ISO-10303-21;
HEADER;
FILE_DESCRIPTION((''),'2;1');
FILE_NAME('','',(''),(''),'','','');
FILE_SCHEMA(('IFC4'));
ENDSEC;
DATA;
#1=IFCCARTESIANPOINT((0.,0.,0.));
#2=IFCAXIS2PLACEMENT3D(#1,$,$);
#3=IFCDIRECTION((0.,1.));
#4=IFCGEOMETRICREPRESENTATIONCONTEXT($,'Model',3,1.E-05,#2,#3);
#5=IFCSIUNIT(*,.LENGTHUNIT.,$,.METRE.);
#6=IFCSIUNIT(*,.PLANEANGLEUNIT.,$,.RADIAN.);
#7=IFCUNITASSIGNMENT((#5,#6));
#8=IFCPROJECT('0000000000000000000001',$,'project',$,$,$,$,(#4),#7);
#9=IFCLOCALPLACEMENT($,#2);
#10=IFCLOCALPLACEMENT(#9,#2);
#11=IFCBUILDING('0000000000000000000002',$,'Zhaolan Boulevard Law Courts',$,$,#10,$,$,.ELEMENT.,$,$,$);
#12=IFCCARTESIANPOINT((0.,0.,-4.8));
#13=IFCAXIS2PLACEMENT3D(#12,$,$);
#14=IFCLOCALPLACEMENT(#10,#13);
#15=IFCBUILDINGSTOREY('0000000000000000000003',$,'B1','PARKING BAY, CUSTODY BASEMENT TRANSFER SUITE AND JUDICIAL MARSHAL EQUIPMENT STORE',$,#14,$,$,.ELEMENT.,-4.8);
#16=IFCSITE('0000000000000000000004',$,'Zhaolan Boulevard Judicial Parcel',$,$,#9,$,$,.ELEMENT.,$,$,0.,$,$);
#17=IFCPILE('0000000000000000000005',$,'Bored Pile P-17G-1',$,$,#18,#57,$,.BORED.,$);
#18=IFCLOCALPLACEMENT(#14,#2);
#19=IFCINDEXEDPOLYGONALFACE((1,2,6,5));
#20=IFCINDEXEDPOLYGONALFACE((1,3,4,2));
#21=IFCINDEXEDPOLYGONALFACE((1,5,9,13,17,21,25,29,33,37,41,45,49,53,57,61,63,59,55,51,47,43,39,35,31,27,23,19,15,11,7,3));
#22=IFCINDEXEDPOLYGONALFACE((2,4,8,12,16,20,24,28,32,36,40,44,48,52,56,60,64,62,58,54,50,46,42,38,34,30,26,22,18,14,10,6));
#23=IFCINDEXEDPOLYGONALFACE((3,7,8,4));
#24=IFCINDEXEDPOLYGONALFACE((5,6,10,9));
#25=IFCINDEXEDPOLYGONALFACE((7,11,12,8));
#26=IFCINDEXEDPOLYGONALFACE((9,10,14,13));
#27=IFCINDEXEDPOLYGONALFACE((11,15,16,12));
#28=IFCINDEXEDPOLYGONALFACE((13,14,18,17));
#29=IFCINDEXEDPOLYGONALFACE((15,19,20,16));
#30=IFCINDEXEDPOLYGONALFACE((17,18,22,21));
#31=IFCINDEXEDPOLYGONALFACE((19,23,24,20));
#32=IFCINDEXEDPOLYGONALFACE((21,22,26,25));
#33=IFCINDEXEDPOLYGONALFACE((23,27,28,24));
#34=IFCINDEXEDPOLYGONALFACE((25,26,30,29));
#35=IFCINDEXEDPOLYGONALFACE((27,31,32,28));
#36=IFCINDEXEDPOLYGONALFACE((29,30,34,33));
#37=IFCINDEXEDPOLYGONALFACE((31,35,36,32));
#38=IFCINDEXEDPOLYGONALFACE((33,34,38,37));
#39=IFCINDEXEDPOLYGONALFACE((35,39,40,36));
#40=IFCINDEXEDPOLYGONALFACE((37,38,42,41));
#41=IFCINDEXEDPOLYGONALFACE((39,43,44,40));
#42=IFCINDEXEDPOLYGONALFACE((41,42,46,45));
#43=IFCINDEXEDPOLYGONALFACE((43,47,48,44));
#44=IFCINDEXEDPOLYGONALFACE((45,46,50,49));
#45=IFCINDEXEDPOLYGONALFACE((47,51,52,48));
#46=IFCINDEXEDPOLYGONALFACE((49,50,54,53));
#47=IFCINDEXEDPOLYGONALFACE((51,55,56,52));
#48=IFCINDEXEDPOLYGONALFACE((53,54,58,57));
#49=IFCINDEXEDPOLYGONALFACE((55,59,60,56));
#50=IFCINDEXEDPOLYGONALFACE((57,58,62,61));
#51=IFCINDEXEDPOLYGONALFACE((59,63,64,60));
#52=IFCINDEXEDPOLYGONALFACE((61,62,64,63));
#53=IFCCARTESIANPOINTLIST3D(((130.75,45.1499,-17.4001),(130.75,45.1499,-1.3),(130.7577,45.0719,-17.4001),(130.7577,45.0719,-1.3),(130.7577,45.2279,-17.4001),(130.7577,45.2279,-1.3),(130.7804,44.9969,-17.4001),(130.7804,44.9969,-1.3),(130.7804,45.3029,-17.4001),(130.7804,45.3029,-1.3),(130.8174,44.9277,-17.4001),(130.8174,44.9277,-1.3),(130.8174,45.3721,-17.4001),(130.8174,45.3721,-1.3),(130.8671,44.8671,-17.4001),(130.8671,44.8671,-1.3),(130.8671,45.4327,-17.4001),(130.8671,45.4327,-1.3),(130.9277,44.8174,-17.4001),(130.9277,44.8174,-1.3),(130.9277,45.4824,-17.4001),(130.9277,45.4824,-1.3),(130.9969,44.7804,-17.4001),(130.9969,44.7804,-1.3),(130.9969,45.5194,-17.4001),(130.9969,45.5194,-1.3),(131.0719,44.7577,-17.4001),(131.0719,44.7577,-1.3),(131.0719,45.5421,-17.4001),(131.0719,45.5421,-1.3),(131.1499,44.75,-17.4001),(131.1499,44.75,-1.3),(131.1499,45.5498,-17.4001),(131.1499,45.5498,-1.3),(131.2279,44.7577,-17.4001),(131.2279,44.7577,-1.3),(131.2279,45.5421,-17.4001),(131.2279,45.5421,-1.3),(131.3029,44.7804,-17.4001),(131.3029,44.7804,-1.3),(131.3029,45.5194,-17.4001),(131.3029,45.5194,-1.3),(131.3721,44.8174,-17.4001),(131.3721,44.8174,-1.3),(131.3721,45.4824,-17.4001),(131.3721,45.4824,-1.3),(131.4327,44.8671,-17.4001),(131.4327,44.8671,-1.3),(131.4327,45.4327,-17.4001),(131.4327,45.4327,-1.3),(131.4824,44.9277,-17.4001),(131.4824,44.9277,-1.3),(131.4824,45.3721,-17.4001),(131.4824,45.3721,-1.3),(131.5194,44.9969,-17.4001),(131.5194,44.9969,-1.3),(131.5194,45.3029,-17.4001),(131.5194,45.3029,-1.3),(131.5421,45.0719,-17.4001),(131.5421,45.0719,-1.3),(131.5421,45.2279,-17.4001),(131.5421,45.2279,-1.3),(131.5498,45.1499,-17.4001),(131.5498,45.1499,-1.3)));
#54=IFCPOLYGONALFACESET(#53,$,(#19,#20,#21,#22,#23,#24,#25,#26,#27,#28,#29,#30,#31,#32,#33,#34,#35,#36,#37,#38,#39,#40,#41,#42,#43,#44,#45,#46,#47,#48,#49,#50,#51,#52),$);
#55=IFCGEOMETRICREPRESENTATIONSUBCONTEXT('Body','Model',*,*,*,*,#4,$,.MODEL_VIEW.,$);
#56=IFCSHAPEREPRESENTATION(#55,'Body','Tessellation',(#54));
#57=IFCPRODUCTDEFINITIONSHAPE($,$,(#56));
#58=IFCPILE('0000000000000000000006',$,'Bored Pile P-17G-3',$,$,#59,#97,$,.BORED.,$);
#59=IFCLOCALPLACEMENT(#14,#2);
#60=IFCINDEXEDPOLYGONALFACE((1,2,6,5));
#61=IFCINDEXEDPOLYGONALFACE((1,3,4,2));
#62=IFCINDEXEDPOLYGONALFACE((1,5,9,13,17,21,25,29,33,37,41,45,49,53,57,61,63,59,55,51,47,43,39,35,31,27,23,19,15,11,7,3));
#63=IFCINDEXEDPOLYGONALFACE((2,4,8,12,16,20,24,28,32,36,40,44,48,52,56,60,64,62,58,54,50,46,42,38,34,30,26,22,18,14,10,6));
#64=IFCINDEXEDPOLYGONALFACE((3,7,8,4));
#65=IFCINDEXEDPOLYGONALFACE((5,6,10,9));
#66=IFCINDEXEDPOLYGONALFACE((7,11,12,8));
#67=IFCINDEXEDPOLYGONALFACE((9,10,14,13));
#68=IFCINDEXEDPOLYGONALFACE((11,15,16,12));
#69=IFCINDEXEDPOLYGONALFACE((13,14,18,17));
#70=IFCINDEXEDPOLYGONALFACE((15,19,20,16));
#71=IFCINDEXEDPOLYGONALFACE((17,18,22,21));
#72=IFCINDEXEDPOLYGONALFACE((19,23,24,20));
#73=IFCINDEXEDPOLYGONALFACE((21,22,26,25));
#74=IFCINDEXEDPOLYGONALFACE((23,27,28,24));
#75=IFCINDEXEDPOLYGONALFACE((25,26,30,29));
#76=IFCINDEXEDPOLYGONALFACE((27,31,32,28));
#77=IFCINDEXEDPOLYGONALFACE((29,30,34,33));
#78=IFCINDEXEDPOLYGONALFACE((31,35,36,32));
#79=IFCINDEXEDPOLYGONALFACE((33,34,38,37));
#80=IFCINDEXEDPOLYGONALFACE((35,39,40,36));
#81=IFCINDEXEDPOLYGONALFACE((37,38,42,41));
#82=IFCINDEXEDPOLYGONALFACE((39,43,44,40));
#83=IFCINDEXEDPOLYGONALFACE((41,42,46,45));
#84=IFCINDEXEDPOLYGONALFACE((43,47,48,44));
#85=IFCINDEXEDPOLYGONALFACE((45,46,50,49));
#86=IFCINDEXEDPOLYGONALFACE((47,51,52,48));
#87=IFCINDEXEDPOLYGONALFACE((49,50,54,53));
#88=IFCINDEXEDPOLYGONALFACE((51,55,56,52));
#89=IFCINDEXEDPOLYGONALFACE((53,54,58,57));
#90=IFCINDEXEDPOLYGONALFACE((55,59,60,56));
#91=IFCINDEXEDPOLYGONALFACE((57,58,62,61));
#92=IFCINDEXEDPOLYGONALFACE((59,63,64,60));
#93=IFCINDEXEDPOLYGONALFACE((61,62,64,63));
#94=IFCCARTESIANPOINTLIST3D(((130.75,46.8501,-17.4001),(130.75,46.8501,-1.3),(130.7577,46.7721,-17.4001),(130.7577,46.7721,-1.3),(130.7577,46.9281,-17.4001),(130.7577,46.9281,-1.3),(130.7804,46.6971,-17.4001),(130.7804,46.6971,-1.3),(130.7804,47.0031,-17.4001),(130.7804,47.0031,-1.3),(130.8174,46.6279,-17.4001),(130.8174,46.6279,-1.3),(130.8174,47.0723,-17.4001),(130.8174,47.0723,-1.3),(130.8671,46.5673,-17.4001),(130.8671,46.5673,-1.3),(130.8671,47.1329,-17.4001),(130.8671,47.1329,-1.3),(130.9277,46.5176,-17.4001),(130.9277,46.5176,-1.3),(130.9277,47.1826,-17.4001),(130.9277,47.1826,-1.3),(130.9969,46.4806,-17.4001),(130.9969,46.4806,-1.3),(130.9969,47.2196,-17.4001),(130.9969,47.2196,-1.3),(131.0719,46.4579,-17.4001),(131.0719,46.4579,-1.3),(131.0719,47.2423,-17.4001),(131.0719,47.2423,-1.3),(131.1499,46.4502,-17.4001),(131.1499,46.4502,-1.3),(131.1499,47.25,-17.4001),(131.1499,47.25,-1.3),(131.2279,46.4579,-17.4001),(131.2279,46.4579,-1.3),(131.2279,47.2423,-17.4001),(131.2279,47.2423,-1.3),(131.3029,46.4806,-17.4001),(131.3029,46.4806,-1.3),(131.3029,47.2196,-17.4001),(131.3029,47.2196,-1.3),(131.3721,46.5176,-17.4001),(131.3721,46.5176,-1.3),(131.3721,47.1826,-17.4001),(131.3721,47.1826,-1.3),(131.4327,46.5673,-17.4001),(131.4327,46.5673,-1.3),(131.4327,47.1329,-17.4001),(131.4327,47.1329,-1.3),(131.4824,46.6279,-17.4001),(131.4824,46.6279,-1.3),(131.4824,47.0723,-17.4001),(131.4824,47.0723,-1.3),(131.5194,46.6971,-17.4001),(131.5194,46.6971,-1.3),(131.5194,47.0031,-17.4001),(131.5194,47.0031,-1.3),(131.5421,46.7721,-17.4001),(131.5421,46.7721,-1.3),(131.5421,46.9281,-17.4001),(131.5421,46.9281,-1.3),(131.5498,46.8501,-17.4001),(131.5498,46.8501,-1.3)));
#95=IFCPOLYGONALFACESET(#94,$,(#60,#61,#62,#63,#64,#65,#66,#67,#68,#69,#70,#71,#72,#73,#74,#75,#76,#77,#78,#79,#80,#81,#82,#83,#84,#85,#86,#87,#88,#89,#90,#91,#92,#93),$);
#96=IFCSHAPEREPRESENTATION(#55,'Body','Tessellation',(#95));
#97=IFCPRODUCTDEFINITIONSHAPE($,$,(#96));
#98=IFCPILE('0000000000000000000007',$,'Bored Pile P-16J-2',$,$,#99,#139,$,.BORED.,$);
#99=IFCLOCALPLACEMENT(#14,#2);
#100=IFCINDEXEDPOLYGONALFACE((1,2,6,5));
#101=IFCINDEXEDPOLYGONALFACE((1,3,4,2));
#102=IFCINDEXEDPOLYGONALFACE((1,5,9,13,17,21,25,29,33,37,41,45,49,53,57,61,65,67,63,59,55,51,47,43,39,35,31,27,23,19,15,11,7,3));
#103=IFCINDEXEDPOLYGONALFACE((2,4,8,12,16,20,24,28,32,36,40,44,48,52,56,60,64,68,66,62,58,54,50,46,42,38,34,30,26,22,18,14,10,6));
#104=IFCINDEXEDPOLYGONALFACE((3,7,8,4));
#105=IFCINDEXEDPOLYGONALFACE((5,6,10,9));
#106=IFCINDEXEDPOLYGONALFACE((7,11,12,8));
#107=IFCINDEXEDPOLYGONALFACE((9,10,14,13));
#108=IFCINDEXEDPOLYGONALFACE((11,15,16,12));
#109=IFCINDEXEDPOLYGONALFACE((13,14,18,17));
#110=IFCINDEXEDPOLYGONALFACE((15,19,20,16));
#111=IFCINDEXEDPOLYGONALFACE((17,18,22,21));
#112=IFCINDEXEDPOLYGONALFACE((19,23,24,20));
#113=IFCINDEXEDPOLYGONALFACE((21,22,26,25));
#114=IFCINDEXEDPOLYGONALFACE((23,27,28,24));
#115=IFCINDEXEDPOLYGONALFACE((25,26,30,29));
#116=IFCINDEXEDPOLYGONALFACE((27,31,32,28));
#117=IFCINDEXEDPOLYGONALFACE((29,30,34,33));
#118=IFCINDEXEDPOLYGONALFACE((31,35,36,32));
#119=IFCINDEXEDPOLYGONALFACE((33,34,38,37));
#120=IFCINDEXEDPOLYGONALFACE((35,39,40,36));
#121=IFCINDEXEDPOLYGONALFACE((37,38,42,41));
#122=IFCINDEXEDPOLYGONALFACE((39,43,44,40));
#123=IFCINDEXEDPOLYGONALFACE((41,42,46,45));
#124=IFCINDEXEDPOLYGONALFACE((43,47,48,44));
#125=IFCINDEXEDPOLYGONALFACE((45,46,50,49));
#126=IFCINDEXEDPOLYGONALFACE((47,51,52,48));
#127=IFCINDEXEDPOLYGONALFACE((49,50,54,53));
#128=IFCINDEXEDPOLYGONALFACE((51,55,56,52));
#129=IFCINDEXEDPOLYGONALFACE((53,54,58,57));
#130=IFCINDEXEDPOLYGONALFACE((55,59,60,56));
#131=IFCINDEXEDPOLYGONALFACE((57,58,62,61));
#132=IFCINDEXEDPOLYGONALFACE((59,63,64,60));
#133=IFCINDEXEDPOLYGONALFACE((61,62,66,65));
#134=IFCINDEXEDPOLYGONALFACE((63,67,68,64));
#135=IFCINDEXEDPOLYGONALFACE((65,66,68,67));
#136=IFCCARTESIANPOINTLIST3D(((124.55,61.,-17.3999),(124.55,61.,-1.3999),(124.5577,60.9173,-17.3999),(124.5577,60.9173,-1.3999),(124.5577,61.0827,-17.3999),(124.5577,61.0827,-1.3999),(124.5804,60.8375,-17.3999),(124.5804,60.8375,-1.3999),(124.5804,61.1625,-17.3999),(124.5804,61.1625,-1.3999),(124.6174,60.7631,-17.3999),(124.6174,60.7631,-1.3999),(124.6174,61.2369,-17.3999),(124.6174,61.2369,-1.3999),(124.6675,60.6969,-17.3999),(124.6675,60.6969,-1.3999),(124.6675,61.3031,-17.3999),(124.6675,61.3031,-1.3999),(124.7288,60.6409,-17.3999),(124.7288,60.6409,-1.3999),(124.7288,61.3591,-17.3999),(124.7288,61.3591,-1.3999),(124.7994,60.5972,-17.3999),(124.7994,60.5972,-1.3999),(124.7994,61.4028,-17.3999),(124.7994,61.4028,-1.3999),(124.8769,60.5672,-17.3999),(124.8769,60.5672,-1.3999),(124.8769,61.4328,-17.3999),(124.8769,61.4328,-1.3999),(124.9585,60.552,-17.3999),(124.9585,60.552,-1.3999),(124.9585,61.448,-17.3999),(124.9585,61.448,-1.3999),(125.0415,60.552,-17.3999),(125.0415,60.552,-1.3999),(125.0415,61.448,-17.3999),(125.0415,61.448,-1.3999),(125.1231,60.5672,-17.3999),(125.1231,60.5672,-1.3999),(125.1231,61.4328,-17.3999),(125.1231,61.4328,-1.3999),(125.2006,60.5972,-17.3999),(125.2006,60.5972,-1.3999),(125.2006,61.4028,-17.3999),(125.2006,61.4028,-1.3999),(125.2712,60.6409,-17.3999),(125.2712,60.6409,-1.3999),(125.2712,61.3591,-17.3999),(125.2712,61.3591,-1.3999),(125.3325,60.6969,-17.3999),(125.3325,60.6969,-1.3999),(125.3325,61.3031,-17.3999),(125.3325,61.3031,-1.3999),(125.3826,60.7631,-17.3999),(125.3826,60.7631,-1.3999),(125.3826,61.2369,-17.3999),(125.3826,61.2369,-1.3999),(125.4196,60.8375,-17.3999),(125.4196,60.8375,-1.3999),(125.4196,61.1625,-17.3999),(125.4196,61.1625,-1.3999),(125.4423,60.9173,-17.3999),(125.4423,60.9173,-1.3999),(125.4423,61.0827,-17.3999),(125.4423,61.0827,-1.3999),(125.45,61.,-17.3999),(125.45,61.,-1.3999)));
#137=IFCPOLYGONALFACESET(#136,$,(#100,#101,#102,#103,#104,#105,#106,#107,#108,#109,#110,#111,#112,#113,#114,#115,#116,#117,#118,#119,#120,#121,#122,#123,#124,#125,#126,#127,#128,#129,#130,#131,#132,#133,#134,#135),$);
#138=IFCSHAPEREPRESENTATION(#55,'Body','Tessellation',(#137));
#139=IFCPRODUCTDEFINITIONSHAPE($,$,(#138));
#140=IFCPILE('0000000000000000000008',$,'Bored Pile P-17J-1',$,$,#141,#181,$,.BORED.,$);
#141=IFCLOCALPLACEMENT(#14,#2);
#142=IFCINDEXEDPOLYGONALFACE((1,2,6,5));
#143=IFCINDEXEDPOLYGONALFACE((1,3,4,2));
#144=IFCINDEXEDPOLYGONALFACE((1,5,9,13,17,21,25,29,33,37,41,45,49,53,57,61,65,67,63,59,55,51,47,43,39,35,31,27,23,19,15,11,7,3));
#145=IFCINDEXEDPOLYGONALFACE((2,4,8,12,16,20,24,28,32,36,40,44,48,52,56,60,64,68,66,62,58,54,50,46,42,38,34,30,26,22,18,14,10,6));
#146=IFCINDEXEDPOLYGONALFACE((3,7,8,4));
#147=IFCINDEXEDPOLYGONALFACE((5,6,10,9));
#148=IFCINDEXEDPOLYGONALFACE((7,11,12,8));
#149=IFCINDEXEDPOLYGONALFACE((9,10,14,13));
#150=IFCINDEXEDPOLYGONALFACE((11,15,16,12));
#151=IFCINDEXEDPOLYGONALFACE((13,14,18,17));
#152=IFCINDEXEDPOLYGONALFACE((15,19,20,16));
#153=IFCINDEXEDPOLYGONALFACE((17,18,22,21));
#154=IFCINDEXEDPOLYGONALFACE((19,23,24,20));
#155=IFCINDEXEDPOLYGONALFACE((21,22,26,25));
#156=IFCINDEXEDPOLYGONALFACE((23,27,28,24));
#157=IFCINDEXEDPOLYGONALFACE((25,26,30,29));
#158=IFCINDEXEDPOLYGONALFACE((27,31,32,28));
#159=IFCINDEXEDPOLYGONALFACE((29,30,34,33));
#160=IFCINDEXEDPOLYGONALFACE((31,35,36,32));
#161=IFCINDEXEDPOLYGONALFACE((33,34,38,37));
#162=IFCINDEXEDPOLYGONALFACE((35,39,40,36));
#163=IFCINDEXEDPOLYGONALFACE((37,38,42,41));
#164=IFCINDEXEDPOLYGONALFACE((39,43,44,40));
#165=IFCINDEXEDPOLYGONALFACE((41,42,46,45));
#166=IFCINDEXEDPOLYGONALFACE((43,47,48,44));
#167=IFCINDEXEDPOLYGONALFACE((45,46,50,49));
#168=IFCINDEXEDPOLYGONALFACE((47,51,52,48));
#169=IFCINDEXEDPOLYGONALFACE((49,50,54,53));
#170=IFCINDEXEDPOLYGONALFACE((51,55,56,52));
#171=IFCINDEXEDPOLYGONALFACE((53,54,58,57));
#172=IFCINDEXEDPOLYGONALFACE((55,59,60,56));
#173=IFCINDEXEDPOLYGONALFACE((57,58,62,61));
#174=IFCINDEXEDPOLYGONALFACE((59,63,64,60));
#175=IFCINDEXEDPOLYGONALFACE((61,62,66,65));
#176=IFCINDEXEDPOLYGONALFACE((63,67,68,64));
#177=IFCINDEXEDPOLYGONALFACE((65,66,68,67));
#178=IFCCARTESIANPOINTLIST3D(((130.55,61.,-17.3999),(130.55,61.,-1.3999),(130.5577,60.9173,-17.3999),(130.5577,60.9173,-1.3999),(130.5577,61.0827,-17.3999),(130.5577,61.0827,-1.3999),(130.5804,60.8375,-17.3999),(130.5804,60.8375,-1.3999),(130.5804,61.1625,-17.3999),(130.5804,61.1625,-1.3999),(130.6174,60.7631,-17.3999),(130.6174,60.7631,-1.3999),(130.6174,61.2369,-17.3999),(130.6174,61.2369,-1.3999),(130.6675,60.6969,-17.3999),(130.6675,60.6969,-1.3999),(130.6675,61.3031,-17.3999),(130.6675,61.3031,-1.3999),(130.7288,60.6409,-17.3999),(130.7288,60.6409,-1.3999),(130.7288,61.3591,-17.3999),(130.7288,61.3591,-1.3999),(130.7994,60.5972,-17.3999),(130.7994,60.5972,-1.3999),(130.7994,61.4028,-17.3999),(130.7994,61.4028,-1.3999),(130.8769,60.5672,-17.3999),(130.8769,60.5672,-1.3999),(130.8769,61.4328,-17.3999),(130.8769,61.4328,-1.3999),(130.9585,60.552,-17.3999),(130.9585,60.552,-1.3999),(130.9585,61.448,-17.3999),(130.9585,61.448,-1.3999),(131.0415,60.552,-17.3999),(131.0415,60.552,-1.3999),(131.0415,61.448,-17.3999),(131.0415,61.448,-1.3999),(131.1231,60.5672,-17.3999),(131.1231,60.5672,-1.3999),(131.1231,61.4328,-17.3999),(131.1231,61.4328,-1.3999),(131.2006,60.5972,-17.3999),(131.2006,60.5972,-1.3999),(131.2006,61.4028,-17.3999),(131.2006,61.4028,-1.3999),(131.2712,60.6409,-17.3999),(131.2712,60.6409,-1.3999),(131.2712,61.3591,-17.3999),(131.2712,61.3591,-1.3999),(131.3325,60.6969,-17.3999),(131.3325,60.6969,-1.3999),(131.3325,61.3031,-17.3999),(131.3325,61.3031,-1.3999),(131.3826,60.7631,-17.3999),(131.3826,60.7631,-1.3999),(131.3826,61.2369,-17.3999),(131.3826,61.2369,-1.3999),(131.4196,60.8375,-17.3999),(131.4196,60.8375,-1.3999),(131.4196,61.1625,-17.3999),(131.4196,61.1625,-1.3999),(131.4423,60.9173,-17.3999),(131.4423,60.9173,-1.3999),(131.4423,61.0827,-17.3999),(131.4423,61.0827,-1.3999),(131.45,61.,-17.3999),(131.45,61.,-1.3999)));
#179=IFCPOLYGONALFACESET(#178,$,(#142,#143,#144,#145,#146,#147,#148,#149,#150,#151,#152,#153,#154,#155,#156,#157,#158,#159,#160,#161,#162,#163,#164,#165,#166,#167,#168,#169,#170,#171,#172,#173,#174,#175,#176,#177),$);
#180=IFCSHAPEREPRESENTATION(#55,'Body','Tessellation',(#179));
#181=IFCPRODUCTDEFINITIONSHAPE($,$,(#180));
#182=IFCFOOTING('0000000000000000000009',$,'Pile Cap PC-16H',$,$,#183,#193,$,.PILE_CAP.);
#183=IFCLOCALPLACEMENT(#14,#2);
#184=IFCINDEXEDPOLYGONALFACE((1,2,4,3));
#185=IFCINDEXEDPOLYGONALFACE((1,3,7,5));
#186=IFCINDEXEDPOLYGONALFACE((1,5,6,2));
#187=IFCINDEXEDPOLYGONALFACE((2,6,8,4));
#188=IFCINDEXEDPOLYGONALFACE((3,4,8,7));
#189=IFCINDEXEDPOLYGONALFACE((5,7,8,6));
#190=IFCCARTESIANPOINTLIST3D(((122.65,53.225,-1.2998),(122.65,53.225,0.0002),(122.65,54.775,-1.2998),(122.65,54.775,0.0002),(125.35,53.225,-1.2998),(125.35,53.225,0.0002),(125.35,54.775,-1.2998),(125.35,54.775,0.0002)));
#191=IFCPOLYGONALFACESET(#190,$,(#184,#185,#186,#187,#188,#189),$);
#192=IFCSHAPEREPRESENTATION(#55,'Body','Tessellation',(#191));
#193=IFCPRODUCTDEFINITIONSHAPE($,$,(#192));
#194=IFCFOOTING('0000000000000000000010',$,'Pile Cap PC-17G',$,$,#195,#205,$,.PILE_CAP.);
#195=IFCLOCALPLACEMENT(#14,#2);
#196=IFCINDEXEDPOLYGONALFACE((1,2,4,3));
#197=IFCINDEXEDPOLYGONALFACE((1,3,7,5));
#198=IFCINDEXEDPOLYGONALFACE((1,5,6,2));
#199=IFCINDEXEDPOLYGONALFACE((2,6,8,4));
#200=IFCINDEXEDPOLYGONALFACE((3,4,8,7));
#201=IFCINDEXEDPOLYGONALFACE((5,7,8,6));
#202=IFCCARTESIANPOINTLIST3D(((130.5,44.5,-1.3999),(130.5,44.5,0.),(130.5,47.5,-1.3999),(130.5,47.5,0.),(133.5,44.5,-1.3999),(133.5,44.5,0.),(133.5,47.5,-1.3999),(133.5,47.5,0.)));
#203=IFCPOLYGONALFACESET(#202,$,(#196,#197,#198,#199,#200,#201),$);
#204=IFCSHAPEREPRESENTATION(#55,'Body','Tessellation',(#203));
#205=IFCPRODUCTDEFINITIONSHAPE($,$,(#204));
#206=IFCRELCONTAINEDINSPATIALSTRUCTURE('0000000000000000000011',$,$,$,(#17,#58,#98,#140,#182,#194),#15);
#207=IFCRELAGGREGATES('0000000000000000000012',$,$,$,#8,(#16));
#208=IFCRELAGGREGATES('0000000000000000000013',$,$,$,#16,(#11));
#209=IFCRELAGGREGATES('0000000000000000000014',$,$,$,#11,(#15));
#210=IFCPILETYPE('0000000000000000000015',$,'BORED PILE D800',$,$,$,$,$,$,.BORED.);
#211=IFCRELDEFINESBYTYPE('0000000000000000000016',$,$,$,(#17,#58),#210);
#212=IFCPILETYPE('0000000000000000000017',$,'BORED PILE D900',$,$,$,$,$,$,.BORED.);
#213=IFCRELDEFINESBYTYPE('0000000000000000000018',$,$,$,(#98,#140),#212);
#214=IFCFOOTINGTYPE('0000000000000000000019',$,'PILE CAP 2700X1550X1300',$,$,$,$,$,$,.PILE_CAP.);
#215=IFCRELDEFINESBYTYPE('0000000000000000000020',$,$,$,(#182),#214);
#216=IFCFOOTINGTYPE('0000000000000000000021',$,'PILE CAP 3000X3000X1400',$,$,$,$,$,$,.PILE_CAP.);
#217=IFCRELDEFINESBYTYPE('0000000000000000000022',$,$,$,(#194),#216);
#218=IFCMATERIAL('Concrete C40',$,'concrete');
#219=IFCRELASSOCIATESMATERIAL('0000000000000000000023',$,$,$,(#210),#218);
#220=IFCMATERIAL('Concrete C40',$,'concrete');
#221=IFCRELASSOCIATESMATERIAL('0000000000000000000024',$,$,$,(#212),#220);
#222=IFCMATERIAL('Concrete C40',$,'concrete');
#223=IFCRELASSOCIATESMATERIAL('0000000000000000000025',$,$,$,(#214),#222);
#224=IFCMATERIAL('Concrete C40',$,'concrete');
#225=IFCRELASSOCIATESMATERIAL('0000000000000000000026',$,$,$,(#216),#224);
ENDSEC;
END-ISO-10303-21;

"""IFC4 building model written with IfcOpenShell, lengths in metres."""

from ifc_helpers import new_model, si_unit, direction, frame, origin, origin_2d, place, context, subcontext, project, spatial, rectangle, circle, extrude, material, material_profile, profile_set, type_object, element, save


model = new_model("IFC4")

# Units and contexts
model_context = context("Model", 3, precision=1e-05, world=origin(), true_north=direction((0.0, 1.0)))
body_context = subcontext(model_context, "Body", "Model", "MODEL_VIEW")
ifc_project = project(units=[si_unit("LENGTHUNIT", "METRE"), si_unit("PLANEANGLEUNIT", "RADIAN")], contexts=[model_context])

# Site, building, storey
site_placement = place(None, origin())
site = spatial("IfcSite", under=ifc_project, at=site_placement, Name="Zhaolan Boulevard Judicial Parcel", CompositionType="ELEMENT", RefElevation=0.0)
building_placement = place(site_placement, origin())
building = spatial("IfcBuilding", under=site, at=building_placement, Name="Zhaolan Boulevard Law Courts", CompositionType="ELEMENT")
storey_placement = place(building_placement, frame((0.0, 0.0, -4.8)))
storey = spatial("IfcBuildingStorey", under=building, at=storey_placement, Name="B1", Description="PARKING BAY, CUSTODY BASEMENT TRANSFER SUITE AND JUDICIAL MARSHAL EQUIPMENT STORE", CompositionType="ELEMENT", Elevation=-4.8)

# Piles
ifc_material_1 = material(Name="Concrete C40", Category="concrete")
ifc_material_profile_1 = material_profile(ifc_material_1, circle(Radius=0.3999, at=origin_2d()), Name="PILE-D800")
ifc_profile_set_1 = profile_set([ifc_material_profile_1], Name="Concrete C40")
pile_type_1 = type_object("IfcPileType", Name="BORED PILE D800", PredefinedType="BORED", material=ifc_profile_set_1)
for number, where, z_axis, x_axis, name in (
    (1, (131.1499, 45.1499, -1.3), (0.0, 0.0, -1.0), (1.0, 0.0, 0.0), "Bored Pile P-17G-1"),
    (2, (131.1499, 46.8501, -1.3), (0.0, 0.0, -1.0), (1.0, 0.0, 0.0), "Bored Pile P-17G-3"),
):
    element("IfcPile", number, at=place(storey_placement, frame(where, z_axis=z_axis, x_axis=x_axis)), inside=storey, type_object=pile_type_1, Name=name, PredefinedType="BORED", context=body_context, shape_type="SweptSolid", body=[
        extrude(circle(Radius=0.3999, at=origin_2d()), origin(), (0.0, 0.0, 1.0), 16.1001),
    ])
ifc_material_2 = material(Name="Concrete C40", Category="concrete")
ifc_material_profile_2 = material_profile(ifc_material_2, circle(Radius=0.45, at=origin_2d()), Name="PILE-D900")
ifc_profile_set_2 = profile_set([ifc_material_profile_2], Name="Concrete C40")
pile_type_2 = type_object("IfcPileType", Name="BORED PILE D900", PredefinedType="BORED", material=ifc_profile_set_2)
for number, where, z_axis, x_axis, name in (
    (3, (125.0, 61.0, -1.3999), (0.0, 0.0, -1.0), (1.0, 0.0, 0.0), "Bored Pile P-16J-2"),
    (4, (131.0, 61.0, -1.3999), (0.0, 0.0, -1.0), (1.0, 0.0, 0.0), "Bored Pile P-17J-1"),
):
    element("IfcPile", number, at=place(storey_placement, frame(where, z_axis=z_axis, x_axis=x_axis)), inside=storey, type_object=pile_type_2, Name=name, PredefinedType="BORED", context=body_context, shape_type="SweptSolid", body=[
        extrude(circle(Radius=0.45, at=origin_2d()), origin(), (0.0, 0.0, 1.0), 16.0),
    ])

# Footings
ifc_material_3 = material(Name="Concrete C40", Category="concrete")
footing_type_1 = type_object("IfcFootingType", Name="PILE CAP 2700X1550X1300", PredefinedType="PILE_CAP", material=ifc_material_3)
footing_1_placement = place(storey_placement, frame((124.0, 54.0, -1.2998), z_axis=(0.0, 0.0, 1.0), x_axis=(1.0, 0.0, 0.0)))
element("IfcFooting", 5, at=footing_1_placement, inside=storey, type_object=footing_type_1, Name="Pile Cap PC-16H", PredefinedType="PILE_CAP", context=body_context, shape_type="SweptSolid", body=[
    extrude(rectangle(XDim=2.7, YDim=1.55, at=origin_2d()), origin(), (0.0, 0.0, 1.0), 1.3),
])
ifc_material_4 = material(Name="Concrete C40", Category="concrete")
footing_type_2 = type_object("IfcFootingType", Name="PILE CAP 3000X3000X1400", PredefinedType="PILE_CAP", material=ifc_material_4)
footing_2_placement = place(storey_placement, frame((132.0, 46.0, -1.3999), z_axis=(0.0, 0.0, 1.0), x_axis=(1.0, 0.0, 0.0)))
element("IfcFooting", 6, at=footing_2_placement, inside=storey, type_object=footing_type_2, Name="Pile Cap PC-17G", PredefinedType="PILE_CAP", context=body_context, shape_type="SweptSolid", body=[
    extrude(rectangle(XDim=3.0, YDim=3.0, at=origin_2d()), origin(), (0.0, 0.0, 1.0), 1.3999),
])

save(model, "model.ifc")
